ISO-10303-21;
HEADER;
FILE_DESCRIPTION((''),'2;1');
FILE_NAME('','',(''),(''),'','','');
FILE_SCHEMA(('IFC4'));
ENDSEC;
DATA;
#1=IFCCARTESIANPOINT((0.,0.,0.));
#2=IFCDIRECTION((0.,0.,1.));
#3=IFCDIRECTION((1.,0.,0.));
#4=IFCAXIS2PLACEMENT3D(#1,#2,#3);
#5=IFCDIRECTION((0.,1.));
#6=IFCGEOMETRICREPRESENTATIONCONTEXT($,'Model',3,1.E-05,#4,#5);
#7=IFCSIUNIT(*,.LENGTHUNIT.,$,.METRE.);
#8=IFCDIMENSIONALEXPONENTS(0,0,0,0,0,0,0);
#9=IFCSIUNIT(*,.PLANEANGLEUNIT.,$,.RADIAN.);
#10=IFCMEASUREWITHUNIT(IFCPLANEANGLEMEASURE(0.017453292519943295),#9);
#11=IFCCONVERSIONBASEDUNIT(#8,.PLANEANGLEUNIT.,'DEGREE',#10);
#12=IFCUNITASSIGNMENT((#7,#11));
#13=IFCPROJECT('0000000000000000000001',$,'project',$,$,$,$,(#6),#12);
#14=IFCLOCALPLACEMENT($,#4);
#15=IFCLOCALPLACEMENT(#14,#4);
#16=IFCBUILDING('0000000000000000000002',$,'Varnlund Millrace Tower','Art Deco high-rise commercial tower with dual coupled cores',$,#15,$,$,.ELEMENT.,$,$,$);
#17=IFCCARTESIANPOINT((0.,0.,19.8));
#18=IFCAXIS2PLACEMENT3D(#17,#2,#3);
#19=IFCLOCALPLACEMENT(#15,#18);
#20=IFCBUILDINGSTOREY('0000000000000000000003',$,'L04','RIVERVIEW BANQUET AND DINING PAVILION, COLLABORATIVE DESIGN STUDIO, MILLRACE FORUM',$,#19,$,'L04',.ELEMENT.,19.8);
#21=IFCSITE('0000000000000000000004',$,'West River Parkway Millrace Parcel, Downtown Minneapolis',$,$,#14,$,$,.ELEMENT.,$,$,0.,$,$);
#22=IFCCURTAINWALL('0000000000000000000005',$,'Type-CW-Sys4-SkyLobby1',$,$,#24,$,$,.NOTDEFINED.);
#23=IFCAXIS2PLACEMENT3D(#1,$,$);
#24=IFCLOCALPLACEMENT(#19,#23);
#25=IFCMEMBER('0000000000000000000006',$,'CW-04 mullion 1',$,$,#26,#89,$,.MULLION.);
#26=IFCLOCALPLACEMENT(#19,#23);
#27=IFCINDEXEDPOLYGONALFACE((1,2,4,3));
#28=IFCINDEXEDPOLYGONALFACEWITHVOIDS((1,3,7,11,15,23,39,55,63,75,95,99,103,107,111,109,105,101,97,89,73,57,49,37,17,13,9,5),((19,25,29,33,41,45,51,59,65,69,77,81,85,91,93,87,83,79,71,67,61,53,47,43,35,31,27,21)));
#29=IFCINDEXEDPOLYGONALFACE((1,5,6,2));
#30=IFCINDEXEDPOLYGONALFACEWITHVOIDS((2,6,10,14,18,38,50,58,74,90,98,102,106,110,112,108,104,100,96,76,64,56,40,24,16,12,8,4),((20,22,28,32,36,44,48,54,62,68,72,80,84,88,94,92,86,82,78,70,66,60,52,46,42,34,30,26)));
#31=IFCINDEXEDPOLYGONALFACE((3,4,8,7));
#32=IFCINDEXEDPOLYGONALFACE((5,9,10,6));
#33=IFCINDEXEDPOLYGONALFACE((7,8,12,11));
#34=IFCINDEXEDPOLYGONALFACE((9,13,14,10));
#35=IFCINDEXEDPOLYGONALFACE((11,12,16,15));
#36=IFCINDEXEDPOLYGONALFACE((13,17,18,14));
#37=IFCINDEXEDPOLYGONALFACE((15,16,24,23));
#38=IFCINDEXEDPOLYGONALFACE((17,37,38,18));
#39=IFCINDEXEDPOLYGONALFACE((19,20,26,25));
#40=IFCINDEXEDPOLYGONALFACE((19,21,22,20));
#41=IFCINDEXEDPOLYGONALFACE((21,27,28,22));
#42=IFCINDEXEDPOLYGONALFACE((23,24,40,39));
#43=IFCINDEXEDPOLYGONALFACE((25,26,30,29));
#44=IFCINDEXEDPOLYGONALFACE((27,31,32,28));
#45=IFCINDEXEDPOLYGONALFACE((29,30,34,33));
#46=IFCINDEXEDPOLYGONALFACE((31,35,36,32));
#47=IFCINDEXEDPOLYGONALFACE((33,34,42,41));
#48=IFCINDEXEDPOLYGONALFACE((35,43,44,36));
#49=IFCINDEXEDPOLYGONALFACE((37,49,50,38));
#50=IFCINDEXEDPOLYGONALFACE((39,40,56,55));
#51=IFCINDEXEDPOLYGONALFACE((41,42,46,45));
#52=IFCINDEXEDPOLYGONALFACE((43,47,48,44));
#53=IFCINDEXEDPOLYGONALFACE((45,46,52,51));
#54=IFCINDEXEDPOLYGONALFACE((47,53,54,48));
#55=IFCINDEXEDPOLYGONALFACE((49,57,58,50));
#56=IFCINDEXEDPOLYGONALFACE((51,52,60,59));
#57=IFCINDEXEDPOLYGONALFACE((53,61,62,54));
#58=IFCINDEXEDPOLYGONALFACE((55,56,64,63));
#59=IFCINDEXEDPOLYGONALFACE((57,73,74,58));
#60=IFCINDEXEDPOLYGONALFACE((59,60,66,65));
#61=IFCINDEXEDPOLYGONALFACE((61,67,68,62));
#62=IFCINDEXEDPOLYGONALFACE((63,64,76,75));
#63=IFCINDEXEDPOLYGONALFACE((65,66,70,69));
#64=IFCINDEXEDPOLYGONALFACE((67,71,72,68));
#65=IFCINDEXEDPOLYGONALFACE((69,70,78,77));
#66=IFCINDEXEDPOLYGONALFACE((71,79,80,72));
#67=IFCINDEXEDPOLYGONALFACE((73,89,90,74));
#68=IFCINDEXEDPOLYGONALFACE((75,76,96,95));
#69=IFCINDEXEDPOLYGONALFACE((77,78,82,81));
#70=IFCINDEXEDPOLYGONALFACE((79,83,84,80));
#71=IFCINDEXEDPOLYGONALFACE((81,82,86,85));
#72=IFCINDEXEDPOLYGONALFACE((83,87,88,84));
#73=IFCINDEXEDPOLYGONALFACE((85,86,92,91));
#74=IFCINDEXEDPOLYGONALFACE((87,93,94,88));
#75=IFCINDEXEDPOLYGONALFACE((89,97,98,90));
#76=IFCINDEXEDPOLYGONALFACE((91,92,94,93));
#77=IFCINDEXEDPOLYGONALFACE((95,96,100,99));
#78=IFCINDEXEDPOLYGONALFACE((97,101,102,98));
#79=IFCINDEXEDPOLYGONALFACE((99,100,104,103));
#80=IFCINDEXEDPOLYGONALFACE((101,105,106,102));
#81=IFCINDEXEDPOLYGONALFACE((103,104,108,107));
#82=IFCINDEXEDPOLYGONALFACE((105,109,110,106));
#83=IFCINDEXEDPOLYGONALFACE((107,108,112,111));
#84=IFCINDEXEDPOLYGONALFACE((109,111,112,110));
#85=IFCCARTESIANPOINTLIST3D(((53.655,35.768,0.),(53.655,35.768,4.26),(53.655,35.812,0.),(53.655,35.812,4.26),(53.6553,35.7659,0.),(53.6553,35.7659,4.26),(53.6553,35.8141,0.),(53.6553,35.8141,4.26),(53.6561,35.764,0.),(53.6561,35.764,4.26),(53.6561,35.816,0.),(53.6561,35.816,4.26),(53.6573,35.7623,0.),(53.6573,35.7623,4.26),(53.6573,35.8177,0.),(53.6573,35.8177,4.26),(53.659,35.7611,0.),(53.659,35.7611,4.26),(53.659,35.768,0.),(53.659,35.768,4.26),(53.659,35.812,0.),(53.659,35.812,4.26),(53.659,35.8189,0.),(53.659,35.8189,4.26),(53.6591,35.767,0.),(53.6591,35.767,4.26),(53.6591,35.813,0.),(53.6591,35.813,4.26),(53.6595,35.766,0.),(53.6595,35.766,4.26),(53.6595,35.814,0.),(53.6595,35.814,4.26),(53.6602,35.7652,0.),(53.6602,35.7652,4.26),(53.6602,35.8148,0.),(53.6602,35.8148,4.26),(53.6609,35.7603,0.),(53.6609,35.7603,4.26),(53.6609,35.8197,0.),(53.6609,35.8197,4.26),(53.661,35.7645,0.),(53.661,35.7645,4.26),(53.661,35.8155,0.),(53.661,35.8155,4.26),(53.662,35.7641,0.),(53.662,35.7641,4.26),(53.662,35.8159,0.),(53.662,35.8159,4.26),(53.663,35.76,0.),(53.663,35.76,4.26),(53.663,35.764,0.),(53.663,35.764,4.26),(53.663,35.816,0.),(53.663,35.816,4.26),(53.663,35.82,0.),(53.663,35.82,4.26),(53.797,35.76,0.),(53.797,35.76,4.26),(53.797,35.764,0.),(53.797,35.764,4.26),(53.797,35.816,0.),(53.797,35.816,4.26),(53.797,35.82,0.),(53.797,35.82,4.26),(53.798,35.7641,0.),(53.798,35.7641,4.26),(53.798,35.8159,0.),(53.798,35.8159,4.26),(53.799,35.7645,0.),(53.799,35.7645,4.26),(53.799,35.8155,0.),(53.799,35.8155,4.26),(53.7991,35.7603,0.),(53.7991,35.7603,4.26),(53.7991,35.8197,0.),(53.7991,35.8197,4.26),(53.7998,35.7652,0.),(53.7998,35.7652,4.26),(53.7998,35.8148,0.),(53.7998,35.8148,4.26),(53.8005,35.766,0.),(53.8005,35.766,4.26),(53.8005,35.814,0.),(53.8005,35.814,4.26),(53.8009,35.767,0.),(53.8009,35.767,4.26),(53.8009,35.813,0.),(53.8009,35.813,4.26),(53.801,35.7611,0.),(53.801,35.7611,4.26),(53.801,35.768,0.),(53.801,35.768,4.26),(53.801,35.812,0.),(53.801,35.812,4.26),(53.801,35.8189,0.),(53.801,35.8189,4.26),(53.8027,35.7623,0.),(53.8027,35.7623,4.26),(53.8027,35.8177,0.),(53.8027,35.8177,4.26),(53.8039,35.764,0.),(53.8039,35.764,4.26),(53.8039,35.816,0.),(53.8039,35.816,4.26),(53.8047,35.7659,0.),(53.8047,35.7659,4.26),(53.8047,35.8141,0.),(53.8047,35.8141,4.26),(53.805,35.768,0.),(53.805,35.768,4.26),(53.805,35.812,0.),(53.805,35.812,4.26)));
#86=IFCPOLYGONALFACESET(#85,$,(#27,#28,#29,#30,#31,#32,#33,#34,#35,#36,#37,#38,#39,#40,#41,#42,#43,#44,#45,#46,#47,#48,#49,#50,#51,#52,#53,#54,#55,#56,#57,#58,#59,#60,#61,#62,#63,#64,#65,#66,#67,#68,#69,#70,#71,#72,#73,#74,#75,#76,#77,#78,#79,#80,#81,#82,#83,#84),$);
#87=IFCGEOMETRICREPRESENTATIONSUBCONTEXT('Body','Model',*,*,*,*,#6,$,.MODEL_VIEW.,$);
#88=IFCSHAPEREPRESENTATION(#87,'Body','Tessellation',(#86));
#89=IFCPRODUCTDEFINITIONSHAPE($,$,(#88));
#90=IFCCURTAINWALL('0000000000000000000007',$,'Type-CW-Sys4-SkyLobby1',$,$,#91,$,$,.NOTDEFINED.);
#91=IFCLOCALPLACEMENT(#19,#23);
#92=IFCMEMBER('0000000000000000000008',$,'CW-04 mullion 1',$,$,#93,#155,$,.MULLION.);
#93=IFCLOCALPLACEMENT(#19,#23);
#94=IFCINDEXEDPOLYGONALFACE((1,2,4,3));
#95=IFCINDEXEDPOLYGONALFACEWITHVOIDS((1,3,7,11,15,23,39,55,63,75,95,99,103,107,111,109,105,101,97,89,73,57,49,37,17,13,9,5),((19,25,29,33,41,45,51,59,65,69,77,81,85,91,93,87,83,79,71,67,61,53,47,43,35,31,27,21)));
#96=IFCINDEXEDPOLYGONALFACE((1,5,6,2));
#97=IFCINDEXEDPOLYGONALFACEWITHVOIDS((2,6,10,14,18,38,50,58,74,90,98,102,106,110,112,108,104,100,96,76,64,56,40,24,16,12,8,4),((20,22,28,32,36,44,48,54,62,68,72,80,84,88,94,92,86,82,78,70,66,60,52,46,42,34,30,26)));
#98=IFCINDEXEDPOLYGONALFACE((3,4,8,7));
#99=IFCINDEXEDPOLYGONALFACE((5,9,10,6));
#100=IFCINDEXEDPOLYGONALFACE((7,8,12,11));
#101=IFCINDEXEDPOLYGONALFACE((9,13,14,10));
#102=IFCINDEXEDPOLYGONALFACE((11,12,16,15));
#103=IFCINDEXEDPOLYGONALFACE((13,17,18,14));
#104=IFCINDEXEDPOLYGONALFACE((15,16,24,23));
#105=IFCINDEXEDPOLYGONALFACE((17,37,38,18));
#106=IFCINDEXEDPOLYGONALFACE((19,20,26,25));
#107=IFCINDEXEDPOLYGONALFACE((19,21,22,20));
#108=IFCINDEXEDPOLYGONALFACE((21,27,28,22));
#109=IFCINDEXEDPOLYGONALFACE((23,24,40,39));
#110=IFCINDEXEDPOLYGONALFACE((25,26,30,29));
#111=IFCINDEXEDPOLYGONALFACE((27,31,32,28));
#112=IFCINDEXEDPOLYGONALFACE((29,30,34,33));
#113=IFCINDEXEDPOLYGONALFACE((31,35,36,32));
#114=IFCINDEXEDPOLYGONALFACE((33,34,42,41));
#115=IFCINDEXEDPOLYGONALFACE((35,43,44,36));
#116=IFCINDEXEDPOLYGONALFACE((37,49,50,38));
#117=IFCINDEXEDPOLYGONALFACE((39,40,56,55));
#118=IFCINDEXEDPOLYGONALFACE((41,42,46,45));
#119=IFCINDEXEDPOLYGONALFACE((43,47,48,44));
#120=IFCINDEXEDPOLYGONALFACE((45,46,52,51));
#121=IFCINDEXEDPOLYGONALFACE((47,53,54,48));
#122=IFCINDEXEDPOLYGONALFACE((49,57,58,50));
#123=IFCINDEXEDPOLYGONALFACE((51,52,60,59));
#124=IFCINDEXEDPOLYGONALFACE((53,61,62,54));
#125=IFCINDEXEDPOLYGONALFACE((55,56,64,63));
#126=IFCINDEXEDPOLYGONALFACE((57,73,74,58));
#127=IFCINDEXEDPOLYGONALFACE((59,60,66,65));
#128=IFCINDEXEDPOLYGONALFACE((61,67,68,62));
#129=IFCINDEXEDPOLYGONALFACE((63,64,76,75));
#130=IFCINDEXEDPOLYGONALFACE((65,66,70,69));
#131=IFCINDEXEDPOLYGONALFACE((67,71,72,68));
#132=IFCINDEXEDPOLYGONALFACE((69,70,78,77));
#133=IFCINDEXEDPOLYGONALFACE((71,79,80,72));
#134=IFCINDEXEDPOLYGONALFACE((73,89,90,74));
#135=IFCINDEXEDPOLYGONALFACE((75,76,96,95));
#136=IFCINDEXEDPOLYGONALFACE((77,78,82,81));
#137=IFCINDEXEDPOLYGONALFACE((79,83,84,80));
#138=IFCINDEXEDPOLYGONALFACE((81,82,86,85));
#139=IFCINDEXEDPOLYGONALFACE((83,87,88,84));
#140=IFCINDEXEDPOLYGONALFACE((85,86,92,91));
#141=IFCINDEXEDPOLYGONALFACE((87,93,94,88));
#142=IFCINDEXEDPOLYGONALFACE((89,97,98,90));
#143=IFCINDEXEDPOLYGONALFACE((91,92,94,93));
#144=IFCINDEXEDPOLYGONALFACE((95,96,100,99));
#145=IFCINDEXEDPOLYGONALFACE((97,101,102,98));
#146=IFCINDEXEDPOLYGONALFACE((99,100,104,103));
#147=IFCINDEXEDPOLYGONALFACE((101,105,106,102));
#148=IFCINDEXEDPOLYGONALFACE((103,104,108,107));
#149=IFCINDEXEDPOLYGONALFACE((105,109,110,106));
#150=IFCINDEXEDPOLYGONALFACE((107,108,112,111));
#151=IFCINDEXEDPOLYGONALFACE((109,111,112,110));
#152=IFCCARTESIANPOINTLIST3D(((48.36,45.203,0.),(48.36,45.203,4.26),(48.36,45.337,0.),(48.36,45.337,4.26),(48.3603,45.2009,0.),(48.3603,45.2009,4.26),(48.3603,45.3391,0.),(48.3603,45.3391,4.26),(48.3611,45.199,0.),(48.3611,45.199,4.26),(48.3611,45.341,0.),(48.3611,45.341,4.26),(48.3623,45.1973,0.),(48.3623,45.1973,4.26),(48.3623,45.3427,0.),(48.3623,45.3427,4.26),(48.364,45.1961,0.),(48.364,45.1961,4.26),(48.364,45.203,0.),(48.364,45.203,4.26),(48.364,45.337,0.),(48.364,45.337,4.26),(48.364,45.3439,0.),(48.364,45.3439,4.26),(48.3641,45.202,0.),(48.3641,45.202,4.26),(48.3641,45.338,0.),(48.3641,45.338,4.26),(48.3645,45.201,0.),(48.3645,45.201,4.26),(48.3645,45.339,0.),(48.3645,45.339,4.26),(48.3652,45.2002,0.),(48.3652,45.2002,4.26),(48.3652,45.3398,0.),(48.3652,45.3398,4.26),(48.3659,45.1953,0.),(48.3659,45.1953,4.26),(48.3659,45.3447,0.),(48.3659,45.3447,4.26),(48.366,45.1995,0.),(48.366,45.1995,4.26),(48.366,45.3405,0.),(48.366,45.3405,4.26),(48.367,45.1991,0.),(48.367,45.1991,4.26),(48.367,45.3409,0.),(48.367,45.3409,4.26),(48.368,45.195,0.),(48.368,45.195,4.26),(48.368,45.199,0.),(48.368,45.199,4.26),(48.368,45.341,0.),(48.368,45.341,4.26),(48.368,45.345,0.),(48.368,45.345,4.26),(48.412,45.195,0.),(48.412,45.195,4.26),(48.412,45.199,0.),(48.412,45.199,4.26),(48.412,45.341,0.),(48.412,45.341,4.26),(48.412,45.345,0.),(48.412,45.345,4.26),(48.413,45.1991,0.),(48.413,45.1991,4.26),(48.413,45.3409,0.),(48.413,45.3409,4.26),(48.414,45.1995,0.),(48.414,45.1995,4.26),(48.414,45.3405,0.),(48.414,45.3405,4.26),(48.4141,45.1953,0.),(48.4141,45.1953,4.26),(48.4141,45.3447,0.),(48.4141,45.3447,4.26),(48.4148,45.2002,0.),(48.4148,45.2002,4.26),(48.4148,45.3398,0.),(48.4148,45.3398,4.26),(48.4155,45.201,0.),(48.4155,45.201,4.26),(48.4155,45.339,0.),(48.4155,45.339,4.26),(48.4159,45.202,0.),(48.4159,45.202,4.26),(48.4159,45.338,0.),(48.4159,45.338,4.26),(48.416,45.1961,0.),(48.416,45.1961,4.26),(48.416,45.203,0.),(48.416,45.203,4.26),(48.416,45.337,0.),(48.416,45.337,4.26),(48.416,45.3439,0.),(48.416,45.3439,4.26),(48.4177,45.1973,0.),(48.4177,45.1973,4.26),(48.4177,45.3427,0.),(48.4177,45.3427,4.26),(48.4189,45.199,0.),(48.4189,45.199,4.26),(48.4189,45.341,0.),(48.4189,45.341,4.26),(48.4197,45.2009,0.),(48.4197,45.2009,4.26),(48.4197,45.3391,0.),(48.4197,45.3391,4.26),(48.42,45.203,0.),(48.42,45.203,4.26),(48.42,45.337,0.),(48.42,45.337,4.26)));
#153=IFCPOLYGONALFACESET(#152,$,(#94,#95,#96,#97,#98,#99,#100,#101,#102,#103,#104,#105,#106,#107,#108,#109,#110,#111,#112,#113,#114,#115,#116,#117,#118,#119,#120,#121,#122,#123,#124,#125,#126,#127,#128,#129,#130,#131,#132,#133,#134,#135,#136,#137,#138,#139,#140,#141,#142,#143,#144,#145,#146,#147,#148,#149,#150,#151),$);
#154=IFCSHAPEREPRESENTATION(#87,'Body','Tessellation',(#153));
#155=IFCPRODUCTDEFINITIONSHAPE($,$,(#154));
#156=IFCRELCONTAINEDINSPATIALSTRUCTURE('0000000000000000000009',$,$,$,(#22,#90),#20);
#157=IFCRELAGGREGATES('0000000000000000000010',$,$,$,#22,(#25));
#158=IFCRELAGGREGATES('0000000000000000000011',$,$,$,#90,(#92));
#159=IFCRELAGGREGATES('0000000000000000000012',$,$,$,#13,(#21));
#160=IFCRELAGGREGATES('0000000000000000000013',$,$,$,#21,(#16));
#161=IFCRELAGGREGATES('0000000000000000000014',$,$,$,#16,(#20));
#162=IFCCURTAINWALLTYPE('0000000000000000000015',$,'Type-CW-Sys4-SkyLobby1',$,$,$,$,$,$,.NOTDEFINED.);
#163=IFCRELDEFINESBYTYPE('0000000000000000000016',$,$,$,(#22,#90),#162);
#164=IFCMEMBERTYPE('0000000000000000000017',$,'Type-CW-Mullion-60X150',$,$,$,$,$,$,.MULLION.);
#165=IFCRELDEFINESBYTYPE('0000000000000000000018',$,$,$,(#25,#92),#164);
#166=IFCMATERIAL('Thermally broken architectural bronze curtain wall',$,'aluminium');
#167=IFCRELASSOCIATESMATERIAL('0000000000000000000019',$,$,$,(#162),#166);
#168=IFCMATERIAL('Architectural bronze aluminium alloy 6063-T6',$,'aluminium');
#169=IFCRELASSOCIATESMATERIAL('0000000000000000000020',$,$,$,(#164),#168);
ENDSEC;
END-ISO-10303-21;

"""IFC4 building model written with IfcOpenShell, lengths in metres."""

from ifc_helpers import new_model, entity, si_unit, converted_unit, direction, frame, origin_with_axes, origin_2d_with_axis, place, context, subcontext, project, spatial, hollow_rectangle, extrude, material, material_profile, profile_set, type_object, element, aggregate, save


model = new_model("IFC4")

# Units and contexts
model_context = context("Model", 3, precision=1e-05, world=origin_with_axes(), true_north=direction((0.0, 1.0)))
body_context = subcontext(model_context, "Body", "Model", "MODEL_VIEW")
ifc_project = project(units=[si_unit("LENGTHUNIT", "METRE"), converted_unit("PLANEANGLEUNIT", "DEGREE", entity("IfcPlaneAngleMeasure", 0.017453292519943295), si_unit("PLANEANGLEUNIT", "RADIAN"), dimensions=[0, 0, 0, 0, 0, 0, 0])], contexts=[model_context])

# Site, building, storey
site_placement = place(None, origin_with_axes())
site = spatial("IfcSite", under=ifc_project, at=site_placement, Name="West River Parkway Millrace Parcel, Downtown Minneapolis", CompositionType="ELEMENT", RefElevation=0.0)
building_placement = place(site_placement, origin_with_axes())
building = spatial("IfcBuilding", under=site, at=building_placement, Name="Varnlund Millrace Tower", Description="Art Deco high-rise commercial tower with dual coupled cores", CompositionType="ELEMENT")
storey_placement = place(building_placement, frame((0.0, 0.0, 19.8), z_axis=(0.0, 0.0, 1.0), x_axis=(1.0, 0.0, 0.0)))
storey = spatial("IfcBuildingStorey", under=building, at=storey_placement, Name="L04", Description="RIVERVIEW BANQUET AND DINING PAVILION, COLLABORATIVE DESIGN STUDIO, MILLRACE FORUM", LongName="L04", CompositionType="ELEMENT", Elevation=19.8)

# Curtain wall, member
ifc_material_1 = material(Name="Thermally broken architectural bronze curtain wall", Category="aluminium")
curtain_wall_type = type_object("IfcCurtainWallType", Name="Type-CW-Sys4-SkyLobby1", PredefinedType="NOTDEFINED", material=ifc_material_1)
curtain_wall_1_placement = place(storey_placement, frame((53.7, 35.79, 0.0), z_axis=(0.0, 0.0, 1.0), x_axis=(1.0, 0.0, 0.0)))
curtain_wall_1 = element("IfcCurtainWall", 1, at=curtain_wall_1_placement, inside=storey, type_object=curtain_wall_type, Name="Type-CW-Sys4-SkyLobby1", PredefinedType="NOTDEFINED")
ifc_material_2 = material(Name="Architectural bronze aluminium alloy 6063-T6", Category="aluminium")
ifc_material_profile_1 = material_profile(ifc_material_2, hollow_rectangle(XDim=0.06, YDim=0.15, WallThickness=0.004, InnerFilletRadius=0.004, OuterFilletRadius=0.008, at=origin_2d_with_axis()), Name="Architectural bronze aluminium alloy 6063-T6")
ifc_profile_set_1 = profile_set([ifc_material_profile_1], Name="Architectural bronze aluminium alloy 6063-T6")
member_type_1 = type_object("IfcMemberType", Name="Type-CW-Mullion-60X150", PredefinedType="MULLION", material=ifc_profile_set_1)
member_1_placement = place(storey_placement, frame((53.73, 35.79, 0.0), z_axis=(0.0, 0.0, 1.0), x_axis=(0.0, 1.0, 0.0)))
member_1 = element("IfcMember", 2, at=member_1_placement, type_object=member_type_1, Name="CW-04 mullion 1", PredefinedType="MULLION", context=body_context, shape_type="SweptSolid", body=[
    extrude(hollow_rectangle(XDim=0.06, YDim=0.15, WallThickness=0.004, InnerFilletRadius=0.004, OuterFilletRadius=0.008, at=origin_2d_with_axis()), origin_with_axes(), (0.0, 0.0, 1.0), 4.26),
])

# Curtain wall, member
curtain_wall_2_placement = place(storey_placement, frame((48.39, 45.3, 0.0), z_axis=(0.0, 0.0, 1.0), x_axis=(1.0, 0.0, 0.0)))
curtain_wall_2 = element("IfcCurtainWall", 3, at=curtain_wall_2_placement, inside=storey, type_object=curtain_wall_type, Name="Type-CW-Sys4-SkyLobby1", PredefinedType="NOTDEFINED")
member_2_placement = place(storey_placement, frame((48.39, 45.27, 0.0), z_axis=(0.0, 0.0, 1.0), x_axis=(1.0, 0.0, 0.0)))
member_2 = element("IfcMember", 4, at=member_2_placement, type_object=member_type_1, Name="CW-04 mullion 1", PredefinedType="MULLION", context=body_context, shape_type="SweptSolid", body=[
    extrude(hollow_rectangle(XDim=0.06, YDim=0.15, WallThickness=0.004, InnerFilletRadius=0.004, OuterFilletRadius=0.008, at=origin_2d_with_axis()), origin_with_axes(), (0.0, 0.0, 1.0), 4.26),
])

aggregate(curtain_wall_1, [member_1])
aggregate(curtain_wall_2, [member_2])

save(model, "model.ifc")
